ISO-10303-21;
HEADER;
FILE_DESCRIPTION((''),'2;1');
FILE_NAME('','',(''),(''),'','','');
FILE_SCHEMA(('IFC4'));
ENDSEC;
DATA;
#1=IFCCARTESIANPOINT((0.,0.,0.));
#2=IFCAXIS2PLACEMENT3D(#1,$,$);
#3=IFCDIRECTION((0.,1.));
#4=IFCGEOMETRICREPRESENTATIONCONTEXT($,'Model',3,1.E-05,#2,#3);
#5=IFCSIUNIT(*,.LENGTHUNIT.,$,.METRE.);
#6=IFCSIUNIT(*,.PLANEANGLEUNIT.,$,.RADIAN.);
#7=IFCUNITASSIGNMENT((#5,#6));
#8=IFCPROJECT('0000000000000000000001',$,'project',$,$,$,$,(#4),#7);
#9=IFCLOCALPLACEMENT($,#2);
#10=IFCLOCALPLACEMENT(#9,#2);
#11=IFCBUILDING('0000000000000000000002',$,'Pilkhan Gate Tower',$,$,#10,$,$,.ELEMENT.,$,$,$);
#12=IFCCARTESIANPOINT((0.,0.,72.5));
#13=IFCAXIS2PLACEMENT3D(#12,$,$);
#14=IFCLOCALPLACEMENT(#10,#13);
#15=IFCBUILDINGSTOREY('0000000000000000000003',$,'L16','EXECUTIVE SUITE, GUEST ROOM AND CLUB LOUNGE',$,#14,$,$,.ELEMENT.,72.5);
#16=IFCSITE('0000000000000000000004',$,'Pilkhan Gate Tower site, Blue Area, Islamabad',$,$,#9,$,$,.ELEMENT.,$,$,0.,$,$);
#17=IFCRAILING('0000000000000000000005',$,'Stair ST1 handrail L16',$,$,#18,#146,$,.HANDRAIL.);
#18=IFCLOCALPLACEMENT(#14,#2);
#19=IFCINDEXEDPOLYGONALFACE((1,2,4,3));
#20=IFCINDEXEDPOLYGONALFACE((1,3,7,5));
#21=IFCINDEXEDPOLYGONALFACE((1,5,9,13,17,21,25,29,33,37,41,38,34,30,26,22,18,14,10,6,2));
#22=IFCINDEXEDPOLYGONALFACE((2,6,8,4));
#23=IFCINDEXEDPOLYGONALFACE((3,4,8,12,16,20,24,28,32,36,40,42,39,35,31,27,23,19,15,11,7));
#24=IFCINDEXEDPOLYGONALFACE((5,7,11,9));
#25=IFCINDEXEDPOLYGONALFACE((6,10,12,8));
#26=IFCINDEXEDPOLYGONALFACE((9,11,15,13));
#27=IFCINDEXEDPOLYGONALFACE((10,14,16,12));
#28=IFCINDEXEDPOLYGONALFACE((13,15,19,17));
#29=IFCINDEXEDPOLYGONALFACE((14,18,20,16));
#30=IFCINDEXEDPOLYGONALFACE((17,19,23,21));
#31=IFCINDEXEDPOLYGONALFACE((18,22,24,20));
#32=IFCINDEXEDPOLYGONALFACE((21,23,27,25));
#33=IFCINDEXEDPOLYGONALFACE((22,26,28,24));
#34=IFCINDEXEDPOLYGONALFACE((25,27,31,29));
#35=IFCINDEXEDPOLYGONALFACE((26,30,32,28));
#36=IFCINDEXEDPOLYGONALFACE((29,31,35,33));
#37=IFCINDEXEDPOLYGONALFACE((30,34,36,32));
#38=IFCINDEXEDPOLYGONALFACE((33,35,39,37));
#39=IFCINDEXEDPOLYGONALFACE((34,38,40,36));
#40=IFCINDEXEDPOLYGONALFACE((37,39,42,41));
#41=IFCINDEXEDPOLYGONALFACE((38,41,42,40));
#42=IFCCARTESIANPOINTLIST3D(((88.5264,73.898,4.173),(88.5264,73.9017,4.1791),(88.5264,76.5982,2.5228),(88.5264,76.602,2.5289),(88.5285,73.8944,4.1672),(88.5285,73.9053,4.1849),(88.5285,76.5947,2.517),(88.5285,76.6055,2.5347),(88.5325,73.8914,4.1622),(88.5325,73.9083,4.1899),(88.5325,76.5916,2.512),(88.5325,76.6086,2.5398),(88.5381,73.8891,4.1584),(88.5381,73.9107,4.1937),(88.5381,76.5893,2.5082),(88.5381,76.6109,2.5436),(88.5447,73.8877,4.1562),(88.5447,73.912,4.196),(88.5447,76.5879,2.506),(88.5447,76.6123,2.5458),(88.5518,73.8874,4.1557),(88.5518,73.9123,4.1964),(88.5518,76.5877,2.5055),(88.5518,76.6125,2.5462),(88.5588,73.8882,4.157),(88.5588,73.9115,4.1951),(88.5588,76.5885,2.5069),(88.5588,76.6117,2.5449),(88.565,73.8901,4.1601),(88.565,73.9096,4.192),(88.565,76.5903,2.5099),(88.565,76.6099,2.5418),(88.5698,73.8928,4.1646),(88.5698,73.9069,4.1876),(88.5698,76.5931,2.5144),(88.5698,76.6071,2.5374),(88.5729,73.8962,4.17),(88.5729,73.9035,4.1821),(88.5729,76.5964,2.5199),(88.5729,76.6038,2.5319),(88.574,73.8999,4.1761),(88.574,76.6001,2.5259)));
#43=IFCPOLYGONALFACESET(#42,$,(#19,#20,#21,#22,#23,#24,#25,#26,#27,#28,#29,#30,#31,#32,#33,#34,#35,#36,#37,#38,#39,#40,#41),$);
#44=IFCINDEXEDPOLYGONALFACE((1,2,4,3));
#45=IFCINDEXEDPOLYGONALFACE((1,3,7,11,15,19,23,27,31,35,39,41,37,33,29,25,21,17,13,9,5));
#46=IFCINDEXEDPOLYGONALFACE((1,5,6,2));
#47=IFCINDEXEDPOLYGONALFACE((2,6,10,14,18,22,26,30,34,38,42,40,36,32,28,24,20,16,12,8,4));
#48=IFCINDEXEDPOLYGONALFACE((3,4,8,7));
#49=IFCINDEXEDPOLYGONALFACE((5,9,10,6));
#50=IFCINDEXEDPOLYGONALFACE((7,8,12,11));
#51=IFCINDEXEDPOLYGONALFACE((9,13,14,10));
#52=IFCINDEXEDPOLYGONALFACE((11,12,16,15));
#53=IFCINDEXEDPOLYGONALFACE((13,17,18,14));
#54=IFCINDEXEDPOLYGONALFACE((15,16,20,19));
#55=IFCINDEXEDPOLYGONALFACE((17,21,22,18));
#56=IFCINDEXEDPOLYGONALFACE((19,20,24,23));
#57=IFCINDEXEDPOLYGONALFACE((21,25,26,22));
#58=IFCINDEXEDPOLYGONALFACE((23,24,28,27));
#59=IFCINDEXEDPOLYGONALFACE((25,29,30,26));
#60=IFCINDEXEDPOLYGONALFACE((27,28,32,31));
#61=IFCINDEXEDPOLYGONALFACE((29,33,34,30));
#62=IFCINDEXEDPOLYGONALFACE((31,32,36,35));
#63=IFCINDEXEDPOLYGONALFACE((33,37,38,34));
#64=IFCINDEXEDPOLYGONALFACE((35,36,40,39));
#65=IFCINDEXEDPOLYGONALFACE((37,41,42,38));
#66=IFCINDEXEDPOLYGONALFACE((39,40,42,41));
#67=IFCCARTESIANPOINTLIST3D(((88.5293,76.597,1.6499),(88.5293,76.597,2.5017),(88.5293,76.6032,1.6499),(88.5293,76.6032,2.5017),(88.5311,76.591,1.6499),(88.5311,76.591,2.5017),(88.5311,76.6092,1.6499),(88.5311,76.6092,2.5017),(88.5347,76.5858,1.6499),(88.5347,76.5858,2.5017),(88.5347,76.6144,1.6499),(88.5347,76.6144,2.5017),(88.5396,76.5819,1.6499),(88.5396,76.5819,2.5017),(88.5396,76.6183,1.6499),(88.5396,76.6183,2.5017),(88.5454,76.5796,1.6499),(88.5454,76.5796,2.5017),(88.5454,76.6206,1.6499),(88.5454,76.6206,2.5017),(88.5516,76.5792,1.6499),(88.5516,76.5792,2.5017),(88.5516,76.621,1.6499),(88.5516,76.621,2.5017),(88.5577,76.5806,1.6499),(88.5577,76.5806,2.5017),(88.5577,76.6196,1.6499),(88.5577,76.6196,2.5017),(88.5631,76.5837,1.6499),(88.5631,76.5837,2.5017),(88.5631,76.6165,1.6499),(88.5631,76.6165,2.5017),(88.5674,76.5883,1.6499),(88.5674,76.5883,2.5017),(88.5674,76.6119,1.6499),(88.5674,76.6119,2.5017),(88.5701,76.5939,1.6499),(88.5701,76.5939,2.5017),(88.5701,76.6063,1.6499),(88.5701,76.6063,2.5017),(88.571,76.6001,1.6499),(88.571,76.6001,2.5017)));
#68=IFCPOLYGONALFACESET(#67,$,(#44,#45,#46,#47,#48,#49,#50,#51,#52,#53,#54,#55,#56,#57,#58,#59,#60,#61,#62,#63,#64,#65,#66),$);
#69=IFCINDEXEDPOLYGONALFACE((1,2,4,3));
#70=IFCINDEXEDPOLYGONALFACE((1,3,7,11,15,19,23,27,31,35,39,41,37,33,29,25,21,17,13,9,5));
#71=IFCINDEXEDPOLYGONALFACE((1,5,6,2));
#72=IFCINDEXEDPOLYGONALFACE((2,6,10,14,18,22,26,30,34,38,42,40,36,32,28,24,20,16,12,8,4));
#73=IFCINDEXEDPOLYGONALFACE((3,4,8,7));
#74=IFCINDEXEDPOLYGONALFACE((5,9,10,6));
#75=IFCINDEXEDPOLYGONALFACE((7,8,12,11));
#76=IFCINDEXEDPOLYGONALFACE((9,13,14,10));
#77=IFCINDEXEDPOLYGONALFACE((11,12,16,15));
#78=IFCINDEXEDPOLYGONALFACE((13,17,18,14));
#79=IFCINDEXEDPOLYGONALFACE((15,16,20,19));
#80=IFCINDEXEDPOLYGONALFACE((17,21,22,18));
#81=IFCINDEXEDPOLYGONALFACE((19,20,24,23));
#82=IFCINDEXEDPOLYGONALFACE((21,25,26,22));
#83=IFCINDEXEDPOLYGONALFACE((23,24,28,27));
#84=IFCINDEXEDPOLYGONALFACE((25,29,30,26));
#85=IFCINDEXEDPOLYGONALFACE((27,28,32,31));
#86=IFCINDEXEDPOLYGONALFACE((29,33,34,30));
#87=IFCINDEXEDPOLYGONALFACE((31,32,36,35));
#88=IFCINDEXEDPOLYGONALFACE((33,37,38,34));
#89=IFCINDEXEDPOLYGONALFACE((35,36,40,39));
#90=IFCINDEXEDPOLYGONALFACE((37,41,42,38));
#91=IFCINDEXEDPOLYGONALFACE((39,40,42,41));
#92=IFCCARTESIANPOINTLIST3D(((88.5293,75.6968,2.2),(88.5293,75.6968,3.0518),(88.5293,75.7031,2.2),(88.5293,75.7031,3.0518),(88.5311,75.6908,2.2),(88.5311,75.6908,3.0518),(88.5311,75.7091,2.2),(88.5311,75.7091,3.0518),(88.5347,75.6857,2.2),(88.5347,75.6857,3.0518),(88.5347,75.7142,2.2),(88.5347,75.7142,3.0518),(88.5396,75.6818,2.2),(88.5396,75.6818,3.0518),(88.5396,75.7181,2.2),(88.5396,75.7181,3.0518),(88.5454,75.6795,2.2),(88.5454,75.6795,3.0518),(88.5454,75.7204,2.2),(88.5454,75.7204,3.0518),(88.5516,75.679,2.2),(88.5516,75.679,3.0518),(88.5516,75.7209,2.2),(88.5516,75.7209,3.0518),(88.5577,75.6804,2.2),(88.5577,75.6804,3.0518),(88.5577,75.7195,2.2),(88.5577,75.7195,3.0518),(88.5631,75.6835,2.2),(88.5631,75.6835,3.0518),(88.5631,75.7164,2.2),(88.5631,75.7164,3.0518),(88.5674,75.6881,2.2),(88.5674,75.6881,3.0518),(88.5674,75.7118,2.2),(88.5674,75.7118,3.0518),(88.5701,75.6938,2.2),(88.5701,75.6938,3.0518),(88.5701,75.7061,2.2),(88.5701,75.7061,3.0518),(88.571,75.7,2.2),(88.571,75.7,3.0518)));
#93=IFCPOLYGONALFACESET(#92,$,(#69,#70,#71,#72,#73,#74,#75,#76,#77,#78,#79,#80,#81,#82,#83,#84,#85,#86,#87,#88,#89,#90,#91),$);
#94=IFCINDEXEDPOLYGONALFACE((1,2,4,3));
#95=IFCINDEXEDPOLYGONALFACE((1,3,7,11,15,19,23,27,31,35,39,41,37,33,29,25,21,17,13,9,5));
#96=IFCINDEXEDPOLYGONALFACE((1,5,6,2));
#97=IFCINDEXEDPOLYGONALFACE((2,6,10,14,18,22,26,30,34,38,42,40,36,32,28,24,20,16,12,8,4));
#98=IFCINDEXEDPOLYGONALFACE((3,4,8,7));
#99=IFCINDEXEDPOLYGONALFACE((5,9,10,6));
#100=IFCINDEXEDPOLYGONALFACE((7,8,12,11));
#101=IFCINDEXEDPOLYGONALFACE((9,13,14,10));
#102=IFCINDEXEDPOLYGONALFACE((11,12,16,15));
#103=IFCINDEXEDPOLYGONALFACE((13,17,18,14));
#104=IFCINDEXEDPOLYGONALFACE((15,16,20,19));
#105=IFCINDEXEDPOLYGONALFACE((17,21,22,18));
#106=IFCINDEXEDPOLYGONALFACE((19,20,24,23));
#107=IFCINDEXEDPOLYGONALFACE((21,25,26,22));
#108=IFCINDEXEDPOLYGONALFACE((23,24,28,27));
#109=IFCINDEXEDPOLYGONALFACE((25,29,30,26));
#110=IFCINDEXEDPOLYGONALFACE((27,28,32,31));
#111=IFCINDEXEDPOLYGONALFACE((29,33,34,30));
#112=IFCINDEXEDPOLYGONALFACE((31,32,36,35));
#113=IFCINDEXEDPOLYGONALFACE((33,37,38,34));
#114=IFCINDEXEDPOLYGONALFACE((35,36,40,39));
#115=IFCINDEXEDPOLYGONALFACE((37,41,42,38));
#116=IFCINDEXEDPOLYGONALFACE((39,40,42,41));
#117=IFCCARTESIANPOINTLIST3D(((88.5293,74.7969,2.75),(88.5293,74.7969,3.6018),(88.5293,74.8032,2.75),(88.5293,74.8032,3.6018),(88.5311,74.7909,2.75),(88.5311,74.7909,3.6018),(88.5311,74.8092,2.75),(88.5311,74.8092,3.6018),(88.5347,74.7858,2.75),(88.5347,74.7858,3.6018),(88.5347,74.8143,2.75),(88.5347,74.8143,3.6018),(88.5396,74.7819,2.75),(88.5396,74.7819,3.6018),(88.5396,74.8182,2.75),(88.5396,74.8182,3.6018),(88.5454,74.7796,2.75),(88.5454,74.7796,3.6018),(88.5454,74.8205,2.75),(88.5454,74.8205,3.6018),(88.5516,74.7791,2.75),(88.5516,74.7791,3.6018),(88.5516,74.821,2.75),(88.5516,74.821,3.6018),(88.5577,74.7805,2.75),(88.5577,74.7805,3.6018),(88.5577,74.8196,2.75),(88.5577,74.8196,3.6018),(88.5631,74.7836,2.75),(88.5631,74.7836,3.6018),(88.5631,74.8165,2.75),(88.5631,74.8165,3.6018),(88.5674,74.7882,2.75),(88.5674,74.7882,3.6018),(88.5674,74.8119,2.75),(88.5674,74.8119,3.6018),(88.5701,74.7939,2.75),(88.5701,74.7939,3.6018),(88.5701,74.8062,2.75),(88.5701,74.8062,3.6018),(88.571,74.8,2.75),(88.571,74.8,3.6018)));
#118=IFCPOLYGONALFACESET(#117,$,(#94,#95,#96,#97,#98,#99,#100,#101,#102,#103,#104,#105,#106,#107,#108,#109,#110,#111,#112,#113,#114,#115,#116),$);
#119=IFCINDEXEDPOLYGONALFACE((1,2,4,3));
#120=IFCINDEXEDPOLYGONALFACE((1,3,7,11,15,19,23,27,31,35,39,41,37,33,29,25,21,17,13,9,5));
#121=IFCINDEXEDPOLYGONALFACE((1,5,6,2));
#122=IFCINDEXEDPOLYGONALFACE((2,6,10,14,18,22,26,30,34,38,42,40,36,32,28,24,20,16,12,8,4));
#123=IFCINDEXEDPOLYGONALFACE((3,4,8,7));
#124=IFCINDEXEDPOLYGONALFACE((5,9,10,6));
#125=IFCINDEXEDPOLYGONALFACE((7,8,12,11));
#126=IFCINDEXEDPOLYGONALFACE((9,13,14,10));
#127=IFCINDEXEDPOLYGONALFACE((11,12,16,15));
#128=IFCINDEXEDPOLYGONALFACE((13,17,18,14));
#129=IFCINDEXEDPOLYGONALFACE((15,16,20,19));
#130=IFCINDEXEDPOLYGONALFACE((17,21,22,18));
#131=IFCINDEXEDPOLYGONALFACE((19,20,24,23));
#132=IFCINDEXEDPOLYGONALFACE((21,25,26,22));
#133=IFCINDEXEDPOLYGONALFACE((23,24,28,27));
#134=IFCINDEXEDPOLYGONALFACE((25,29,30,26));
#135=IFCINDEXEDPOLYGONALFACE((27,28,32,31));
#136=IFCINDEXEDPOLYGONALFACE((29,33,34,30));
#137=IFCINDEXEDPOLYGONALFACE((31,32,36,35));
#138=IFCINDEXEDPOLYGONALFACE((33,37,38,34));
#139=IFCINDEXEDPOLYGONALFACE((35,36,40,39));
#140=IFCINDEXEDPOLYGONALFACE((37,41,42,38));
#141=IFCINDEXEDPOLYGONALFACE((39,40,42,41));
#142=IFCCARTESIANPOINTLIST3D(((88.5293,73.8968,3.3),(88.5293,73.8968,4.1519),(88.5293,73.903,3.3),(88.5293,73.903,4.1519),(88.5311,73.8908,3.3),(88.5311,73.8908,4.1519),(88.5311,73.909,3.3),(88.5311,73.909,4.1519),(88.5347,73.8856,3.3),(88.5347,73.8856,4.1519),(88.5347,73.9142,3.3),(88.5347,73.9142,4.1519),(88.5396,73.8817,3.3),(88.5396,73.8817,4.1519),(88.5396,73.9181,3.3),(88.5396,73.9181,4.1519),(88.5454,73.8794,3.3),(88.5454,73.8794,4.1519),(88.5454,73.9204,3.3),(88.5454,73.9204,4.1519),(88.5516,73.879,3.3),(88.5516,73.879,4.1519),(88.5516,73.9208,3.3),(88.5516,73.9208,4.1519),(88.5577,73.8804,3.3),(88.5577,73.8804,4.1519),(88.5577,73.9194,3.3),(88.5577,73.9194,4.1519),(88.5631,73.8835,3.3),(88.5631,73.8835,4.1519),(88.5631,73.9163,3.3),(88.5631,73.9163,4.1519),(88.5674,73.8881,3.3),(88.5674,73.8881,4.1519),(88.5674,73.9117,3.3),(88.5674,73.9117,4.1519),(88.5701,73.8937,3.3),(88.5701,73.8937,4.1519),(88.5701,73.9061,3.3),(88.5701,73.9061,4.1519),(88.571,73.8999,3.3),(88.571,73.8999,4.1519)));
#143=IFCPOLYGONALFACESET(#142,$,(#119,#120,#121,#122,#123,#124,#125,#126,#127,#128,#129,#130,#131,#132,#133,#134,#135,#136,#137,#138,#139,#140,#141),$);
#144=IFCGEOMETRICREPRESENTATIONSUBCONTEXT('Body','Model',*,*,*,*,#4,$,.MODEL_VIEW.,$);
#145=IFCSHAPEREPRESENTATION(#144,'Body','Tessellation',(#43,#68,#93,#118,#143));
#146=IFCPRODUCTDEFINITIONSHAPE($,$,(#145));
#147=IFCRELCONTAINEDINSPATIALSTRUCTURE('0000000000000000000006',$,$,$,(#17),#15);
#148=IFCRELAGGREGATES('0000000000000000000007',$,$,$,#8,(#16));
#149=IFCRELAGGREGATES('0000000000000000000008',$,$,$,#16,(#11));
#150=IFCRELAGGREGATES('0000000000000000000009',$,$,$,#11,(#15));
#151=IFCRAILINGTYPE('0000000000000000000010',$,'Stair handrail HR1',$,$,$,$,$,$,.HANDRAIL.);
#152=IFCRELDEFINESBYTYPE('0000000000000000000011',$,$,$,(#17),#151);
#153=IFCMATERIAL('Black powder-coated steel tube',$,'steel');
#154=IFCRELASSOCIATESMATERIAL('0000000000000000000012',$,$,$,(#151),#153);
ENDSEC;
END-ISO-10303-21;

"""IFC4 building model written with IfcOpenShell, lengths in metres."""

from ifc_helpers import new_model, si_unit, direction, frame, origin, origin_2d, place, context, subcontext, project, spatial, circle, extrude, material, type_object, element, save


model = new_model("IFC4")

# Units and contexts
model_context = context("Model", 3, precision=1e-05, world=origin(), true_north=direction((0.0, 1.0)))
body_context = subcontext(model_context, "Body", "Model", "MODEL_VIEW")
ifc_project = project(units=[si_unit("LENGTHUNIT", "METRE"), si_unit("PLANEANGLEUNIT", "RADIAN")], contexts=[model_context])

# Site, building, storey
site_placement = place(None, origin())
site = spatial("IfcSite", under=ifc_project, at=site_placement, Name="Pilkhan Gate Tower site, Blue Area, Islamabad", CompositionType="ELEMENT", RefElevation=0.0)
building_placement = place(site_placement, origin())
building = spatial("IfcBuilding", under=site, at=building_placement, Name="Pilkhan Gate Tower", CompositionType="ELEMENT")
storey_placement = place(building_placement, frame((0.0, 0.0, 72.5)))
storey = spatial("IfcBuildingStorey", under=building, at=storey_placement, Name="L16", Description="EXECUTIVE SUITE, GUEST ROOM AND CLUB LOUNGE", CompositionType="ELEMENT", Elevation=72.5)

# Railing
ifc_material_1 = material(Name="Black powder-coated steel tube", Category="steel")
railing_type_1 = type_object("IfcRailingType", Name="Stair handrail HR1", PredefinedType="HANDRAIL", material=ifc_material_1)
railing_1_placement = place(storey_placement, frame((88.55, 76.6001, 1.6499)))
element("IfcRailing", 1, at=railing_1_placement, inside=storey, type_object=railing_type_1, Name="Stair ST1 handrail L16", PredefinedType="HANDRAIL", context=body_context, shape_type="SweptSolid", body=[
    extrude(circle(Radius=0.0239, at=origin_2d()), frame((0.0, 0.0, 0.876), z_axis=(0.0, -0.853278, 0.521456), x_axis=(1.0, 0.0, 0.0)), (0.0, 0.0, 1.0), 3.1646),
    extrude(circle(Radius=0.021, at=origin_2d()), origin(), (0.0, 0.0, 1.0), 0.8518),
    extrude(circle(Radius=0.021, at=origin_2d()), frame((0.0, -0.9001, 0.55)), (0.0, 0.0, 1.0), 0.8518),
    extrude(circle(Radius=0.021, at=origin_2d()), frame((0.0, -1.8, 1.1001)), (0.0, 0.0, 1.0), 0.8518),
    extrude(circle(Radius=0.021, at=origin_2d()), frame((0.0, -2.7002, 1.6501)), (0.0, 0.0, 1.0), 0.8518),
])

save(model, "model.ifc")
